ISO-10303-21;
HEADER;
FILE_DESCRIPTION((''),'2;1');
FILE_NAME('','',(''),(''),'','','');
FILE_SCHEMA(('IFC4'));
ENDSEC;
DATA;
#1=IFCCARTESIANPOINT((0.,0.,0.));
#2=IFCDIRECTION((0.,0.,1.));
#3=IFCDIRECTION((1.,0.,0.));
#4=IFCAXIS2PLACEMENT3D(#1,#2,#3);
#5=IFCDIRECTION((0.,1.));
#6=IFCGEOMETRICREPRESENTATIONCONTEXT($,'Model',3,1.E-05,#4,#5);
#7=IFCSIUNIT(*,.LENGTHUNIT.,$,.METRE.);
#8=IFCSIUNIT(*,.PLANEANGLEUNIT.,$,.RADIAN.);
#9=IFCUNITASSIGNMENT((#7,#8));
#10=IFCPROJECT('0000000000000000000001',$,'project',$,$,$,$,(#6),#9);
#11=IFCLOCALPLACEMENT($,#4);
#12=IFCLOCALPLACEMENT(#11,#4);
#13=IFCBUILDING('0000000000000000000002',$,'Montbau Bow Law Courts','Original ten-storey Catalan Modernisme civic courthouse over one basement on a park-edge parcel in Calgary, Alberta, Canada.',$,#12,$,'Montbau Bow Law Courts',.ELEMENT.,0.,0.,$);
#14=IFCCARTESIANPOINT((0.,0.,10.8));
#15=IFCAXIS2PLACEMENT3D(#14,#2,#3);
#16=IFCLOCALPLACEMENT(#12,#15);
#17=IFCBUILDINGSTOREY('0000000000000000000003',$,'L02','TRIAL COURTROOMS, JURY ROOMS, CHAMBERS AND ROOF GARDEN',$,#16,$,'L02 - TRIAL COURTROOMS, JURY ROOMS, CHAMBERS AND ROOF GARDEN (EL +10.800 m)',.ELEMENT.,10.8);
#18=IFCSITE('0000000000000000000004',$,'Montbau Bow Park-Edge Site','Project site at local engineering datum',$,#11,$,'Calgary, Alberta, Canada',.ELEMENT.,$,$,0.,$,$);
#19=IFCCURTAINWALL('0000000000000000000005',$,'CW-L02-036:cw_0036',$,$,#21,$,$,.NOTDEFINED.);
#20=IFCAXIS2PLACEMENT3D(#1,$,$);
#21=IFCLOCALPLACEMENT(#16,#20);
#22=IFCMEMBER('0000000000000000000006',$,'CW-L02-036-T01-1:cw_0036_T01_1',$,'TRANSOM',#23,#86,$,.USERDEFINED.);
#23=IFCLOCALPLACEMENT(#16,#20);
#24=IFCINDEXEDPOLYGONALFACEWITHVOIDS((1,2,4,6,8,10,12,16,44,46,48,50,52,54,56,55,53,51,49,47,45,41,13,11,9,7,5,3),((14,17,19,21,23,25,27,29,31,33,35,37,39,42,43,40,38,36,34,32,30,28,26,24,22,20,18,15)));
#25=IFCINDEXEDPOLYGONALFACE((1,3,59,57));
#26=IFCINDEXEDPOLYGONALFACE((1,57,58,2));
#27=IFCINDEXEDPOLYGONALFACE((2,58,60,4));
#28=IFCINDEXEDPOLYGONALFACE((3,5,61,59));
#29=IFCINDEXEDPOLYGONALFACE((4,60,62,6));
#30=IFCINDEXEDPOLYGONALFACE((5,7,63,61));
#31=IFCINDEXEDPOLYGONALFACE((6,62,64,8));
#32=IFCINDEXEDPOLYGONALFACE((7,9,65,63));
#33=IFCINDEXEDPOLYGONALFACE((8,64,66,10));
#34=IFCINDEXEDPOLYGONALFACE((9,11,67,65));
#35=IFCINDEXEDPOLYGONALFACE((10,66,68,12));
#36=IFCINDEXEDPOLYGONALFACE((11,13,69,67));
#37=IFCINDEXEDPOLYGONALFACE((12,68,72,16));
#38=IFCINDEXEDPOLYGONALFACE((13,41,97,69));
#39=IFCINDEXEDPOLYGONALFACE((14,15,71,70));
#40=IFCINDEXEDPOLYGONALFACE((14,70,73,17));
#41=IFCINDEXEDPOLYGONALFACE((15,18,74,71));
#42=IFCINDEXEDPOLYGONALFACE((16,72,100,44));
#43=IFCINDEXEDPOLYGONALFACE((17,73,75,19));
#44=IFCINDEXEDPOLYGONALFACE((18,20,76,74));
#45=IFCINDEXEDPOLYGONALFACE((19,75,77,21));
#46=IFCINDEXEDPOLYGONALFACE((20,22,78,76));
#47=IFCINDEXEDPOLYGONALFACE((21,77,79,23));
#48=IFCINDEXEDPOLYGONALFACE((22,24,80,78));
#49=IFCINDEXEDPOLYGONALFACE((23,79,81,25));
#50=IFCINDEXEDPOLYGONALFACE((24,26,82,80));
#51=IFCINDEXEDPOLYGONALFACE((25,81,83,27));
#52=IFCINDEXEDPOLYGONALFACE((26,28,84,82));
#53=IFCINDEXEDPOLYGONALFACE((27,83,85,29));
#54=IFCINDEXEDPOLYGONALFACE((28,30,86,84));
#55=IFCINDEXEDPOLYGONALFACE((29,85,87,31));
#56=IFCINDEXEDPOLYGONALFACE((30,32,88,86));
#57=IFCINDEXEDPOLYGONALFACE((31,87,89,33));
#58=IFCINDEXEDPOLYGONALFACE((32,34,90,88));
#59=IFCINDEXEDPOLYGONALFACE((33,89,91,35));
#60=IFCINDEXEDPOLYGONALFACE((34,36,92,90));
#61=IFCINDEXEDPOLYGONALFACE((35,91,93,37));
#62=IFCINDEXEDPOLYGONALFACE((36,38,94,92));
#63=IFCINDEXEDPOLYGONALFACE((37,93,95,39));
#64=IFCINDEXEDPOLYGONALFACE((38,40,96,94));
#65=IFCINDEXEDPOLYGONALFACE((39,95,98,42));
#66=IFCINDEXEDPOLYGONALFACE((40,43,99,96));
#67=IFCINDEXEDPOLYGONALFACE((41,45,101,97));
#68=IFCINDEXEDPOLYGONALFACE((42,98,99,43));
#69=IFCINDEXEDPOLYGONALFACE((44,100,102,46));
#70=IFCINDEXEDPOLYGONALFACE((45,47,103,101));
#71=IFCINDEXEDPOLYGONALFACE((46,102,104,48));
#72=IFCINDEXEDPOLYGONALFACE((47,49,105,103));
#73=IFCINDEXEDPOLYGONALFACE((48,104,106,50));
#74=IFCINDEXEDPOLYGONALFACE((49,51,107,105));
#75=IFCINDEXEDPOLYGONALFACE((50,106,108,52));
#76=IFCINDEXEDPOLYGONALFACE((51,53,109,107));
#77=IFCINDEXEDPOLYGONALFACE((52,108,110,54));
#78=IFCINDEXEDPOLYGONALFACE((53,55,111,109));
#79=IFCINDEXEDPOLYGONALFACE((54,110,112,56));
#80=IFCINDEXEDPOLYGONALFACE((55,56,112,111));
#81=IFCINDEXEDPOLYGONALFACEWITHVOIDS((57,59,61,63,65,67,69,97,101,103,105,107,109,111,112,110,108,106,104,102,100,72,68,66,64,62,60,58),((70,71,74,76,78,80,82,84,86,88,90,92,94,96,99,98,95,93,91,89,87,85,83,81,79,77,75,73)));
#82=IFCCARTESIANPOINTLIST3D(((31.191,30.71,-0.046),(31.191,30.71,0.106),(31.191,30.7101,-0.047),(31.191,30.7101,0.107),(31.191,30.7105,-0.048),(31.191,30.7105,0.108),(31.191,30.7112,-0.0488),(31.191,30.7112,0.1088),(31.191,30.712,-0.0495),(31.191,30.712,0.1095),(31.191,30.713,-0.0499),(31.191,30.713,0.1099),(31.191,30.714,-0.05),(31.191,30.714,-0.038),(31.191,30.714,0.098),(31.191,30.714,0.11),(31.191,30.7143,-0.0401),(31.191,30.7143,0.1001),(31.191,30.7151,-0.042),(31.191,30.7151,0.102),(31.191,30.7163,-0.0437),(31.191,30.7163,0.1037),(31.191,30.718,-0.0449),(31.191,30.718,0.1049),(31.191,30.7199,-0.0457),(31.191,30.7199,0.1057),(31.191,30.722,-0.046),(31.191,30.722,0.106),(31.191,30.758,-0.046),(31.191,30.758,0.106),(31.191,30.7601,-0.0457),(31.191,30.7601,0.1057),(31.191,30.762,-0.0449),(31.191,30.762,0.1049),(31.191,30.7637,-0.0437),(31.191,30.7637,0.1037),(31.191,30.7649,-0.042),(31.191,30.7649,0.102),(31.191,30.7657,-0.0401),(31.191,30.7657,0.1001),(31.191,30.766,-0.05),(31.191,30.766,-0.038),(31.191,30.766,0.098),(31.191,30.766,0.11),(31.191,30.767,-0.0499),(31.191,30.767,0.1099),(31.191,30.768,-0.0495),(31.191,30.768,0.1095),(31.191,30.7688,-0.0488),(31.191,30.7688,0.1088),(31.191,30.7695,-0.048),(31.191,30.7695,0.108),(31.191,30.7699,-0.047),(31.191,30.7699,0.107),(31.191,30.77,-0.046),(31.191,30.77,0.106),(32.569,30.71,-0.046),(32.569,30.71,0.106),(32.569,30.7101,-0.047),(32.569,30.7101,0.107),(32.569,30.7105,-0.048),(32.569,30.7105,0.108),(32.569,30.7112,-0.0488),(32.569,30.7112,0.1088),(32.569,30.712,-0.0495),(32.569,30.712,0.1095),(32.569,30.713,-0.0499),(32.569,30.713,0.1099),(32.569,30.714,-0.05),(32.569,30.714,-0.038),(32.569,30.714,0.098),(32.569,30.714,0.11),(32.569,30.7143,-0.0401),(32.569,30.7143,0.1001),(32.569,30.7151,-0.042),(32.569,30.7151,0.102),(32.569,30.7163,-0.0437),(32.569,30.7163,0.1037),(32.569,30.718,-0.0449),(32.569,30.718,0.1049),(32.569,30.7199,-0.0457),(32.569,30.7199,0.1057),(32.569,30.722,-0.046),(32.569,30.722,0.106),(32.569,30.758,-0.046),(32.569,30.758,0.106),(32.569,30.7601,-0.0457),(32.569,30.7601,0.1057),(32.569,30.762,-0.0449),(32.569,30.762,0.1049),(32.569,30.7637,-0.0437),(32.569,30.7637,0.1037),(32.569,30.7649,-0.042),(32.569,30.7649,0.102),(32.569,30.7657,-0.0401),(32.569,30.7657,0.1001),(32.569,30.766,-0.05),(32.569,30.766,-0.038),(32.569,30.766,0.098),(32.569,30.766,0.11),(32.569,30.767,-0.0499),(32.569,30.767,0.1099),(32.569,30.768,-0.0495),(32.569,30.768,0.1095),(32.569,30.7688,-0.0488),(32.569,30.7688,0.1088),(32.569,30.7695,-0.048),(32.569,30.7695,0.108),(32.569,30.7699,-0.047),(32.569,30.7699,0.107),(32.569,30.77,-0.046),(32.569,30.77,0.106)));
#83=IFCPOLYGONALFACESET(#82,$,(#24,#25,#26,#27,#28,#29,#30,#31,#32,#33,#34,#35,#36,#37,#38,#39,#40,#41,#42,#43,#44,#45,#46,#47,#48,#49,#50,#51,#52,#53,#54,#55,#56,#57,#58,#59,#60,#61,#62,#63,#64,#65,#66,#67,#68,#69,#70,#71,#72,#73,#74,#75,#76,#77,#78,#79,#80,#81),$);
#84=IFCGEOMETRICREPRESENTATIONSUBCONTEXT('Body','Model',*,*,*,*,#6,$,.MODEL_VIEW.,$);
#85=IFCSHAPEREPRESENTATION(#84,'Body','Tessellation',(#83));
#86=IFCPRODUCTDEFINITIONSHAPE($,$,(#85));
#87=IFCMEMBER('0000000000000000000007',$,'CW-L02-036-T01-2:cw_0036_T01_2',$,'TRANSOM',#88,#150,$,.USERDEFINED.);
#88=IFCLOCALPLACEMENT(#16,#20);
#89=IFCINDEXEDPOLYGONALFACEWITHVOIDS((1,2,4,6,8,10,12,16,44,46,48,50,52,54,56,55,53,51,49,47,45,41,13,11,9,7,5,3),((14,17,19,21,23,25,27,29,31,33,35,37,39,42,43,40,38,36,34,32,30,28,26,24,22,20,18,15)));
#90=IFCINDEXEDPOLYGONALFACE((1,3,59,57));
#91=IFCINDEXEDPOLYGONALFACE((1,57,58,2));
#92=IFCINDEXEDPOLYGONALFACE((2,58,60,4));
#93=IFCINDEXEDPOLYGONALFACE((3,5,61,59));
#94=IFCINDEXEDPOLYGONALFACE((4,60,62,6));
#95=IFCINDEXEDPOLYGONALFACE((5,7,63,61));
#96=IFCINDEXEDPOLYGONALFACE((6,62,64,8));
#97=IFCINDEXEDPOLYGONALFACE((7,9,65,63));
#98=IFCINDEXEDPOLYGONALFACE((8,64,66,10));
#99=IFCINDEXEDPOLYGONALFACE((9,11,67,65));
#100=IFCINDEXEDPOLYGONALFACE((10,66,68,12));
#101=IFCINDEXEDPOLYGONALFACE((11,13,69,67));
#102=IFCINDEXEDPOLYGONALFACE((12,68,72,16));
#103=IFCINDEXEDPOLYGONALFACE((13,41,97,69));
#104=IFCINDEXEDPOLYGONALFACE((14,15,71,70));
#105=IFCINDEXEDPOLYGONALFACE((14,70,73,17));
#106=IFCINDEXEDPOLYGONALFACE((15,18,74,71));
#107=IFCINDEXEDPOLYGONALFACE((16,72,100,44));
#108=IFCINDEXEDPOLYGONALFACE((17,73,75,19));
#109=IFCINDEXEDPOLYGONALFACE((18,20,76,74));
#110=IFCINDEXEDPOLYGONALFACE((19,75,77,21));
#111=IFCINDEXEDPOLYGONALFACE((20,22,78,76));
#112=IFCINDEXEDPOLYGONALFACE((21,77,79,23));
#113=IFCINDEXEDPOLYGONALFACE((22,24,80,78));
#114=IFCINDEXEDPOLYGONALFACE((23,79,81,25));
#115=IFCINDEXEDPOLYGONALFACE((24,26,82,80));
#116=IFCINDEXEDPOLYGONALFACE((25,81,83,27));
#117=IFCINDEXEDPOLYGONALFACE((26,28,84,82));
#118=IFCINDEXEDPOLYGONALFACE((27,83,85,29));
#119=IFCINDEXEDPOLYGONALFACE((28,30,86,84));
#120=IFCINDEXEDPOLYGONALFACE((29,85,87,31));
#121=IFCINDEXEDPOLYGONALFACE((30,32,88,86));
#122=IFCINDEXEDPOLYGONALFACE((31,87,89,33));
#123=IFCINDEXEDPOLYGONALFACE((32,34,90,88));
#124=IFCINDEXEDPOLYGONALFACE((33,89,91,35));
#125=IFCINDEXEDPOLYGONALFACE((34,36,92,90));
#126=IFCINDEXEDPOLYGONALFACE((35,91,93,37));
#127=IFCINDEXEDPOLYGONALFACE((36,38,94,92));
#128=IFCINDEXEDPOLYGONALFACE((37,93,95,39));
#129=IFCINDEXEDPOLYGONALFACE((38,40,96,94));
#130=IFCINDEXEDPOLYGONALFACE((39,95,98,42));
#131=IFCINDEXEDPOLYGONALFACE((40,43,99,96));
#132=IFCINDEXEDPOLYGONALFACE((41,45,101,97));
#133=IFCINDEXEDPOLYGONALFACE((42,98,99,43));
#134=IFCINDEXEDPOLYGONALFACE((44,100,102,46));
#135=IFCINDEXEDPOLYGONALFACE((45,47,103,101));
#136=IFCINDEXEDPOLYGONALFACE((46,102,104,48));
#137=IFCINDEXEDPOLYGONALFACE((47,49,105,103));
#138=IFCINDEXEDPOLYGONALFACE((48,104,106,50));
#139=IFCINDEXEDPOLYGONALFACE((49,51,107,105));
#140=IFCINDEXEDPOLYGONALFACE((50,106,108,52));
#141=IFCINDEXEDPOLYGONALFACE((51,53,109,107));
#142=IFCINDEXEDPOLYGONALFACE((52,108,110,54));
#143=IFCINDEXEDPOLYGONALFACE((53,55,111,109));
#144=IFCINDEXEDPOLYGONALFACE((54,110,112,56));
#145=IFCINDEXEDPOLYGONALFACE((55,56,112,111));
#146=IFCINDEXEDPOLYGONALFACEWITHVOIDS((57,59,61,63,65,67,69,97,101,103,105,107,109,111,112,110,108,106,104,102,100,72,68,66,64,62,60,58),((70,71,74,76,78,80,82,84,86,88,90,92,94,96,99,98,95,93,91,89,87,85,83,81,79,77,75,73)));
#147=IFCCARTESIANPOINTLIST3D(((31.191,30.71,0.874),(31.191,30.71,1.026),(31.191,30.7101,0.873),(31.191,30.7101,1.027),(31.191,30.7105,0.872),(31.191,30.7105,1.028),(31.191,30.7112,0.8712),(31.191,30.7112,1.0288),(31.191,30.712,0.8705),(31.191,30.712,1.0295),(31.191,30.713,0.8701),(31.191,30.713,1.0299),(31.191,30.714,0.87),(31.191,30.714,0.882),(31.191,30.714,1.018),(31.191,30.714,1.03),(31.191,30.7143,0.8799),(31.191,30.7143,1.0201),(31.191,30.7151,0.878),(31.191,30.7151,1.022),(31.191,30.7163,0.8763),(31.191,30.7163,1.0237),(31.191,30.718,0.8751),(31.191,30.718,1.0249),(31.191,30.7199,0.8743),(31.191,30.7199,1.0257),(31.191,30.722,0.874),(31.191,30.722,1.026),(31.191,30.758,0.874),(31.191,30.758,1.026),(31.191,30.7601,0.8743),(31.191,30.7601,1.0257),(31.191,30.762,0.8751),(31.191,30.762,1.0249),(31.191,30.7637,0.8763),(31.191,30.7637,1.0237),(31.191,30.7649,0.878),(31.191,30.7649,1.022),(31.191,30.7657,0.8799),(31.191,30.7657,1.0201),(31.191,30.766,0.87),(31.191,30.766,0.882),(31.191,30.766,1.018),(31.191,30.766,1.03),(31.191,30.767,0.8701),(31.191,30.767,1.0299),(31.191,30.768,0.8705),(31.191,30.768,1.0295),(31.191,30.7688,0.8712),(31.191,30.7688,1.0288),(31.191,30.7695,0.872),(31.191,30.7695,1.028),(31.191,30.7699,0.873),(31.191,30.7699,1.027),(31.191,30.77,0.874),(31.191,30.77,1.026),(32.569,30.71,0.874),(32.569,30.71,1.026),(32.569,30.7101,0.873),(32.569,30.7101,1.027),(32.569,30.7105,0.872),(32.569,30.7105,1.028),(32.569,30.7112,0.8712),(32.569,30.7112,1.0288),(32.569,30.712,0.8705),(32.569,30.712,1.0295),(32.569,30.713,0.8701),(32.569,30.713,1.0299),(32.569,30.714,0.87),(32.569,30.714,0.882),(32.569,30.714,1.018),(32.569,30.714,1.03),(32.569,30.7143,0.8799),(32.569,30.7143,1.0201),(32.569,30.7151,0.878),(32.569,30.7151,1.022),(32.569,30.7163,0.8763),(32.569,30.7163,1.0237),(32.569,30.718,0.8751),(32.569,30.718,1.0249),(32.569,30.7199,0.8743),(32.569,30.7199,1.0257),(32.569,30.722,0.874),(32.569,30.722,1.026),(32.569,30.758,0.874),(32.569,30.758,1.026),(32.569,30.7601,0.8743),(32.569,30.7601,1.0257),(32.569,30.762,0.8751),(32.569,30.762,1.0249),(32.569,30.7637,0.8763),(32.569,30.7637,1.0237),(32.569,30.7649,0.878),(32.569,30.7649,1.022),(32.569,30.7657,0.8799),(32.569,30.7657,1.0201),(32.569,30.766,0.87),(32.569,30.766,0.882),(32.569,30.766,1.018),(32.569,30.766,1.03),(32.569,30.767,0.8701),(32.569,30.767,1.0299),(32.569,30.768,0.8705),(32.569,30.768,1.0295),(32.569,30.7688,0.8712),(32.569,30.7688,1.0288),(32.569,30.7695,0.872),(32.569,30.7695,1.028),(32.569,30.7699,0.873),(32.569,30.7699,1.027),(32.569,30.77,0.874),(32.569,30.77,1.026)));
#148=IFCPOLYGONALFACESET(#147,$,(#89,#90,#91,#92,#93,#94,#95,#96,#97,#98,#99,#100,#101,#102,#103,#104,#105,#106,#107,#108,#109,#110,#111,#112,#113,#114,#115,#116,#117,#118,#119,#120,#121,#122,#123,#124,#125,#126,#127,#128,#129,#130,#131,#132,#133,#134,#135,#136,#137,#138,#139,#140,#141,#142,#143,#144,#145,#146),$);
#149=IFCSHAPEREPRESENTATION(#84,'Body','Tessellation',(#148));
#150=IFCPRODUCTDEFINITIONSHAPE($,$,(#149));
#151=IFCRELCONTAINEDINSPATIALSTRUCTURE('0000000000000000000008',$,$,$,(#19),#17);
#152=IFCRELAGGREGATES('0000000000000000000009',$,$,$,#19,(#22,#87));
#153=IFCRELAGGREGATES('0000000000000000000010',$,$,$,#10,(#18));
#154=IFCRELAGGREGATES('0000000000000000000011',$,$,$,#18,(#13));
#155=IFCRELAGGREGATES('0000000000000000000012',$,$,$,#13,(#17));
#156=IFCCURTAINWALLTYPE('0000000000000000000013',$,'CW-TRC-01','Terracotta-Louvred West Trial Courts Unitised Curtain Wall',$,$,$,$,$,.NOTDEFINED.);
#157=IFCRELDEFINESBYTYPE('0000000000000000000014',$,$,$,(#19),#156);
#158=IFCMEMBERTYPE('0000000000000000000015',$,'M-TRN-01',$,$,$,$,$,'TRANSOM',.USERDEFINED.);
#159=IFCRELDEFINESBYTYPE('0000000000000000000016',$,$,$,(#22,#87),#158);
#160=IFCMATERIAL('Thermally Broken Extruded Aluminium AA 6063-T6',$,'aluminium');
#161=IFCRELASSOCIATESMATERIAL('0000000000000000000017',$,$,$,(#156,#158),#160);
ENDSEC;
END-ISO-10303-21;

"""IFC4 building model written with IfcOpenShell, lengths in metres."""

from ifc_helpers import new_model, si_unit, direction, frame, origin_with_axes, origin_2d_with_axis, place, context, subcontext, project, spatial, hollow_rectangle, extrude, material, material_profile, profile_set, type_object, element, aggregate, save


model = new_model("IFC4")

# Units and contexts
model_context = context("Model", 3, precision=1e-05, world=origin_with_axes(), true_north=direction((0.0, 1.0)))
body_context = subcontext(model_context, "Body", "Model", "MODEL_VIEW")
ifc_project = project(units=[si_unit("LENGTHUNIT", "METRE"), si_unit("PLANEANGLEUNIT", "RADIAN")], contexts=[model_context])

# Site, building, storey
site_placement = place(None, origin_with_axes())
site = spatial("IfcSite", under=ifc_project, at=site_placement, Name="Montbau Bow Park-Edge Site", Description="Project site at local engineering datum", LongName="Calgary, Alberta, Canada", CompositionType="ELEMENT", RefElevation=0.0)
building_placement = place(site_placement, origin_with_axes())
building = spatial("IfcBuilding", under=site, at=building_placement, Name="Montbau Bow Law Courts", Description="Original ten-storey Catalan Modernisme civic courthouse over one basement on a park-edge parcel in Calgary, Alberta, Canada.", LongName="Montbau Bow Law Courts", CompositionType="ELEMENT", ElevationOfRefHeight=0.0, ElevationOfTerrain=0.0)
storey_placement = place(building_placement, frame((0.0, 0.0, 10.8), z_axis=(0.0, 0.0, 1.0), x_axis=(1.0, 0.0, 0.0)))
storey = spatial("IfcBuildingStorey", under=building, at=storey_placement, Name="L02", Description="TRIAL COURTROOMS, JURY ROOMS, CHAMBERS AND ROOF GARDEN", LongName="L02 - TRIAL COURTROOMS, JURY ROOMS, CHAMBERS AND ROOF GARDEN (EL +10.800 m)", CompositionType="ELEMENT", Elevation=10.8)

# Curtain wall
ifc_material_1 = material(Name="Thermally Broken Extruded Aluminium AA 6063-T6", Category="aluminium")
curtain_wall_type = type_object("IfcCurtainWallType", Name="CW-TRC-01", Description="Terracotta-Louvred West Trial Courts Unitised Curtain Wall", PredefinedType="NOTDEFINED", material=ifc_material_1)
curtain_wall_1_placement = place(None, frame((31.115, 30.74, 10.8), z_axis=(0.0, 0.0, 1.0), x_axis=(1.0, 0.0, 0.0)))
curtain_wall_1 = element("IfcCurtainWall", 1, at=curtain_wall_1_placement, inside=storey, type_object=curtain_wall_type, Name="CW-L02-036:cw_0036", PredefinedType="NOTDEFINED")

# Members
ifc_material_profile_1 = material_profile(ifc_material_1, hollow_rectangle(XDim=0.06, YDim=0.16, WallThickness=0.004, InnerFilletRadius=0.008, OuterFilletRadius=0.004, at=origin_2d_with_axis()), Name="CWT-160X60", Category="Main", Priority=0)
ifc_profile_set_1 = profile_set([ifc_material_profile_1], Name="Thermally Broken Extruded Aluminium AA 6063-T6")
member_type_1 = type_object("IfcMemberType", Name="M-TRN-01", ElementType="TRANSOM", PredefinedType="USERDEFINED", material=ifc_profile_set_1)
member_1_placement = place(None, frame((31.191, 30.74, 10.83), z_axis=(1.0, 0.0, 0.0), x_axis=(0.0, 1.0, 0.0)))
member_1 = element("IfcMember", 2, at=member_1_placement, type_object=member_type_1, Name="CW-L02-036-T01-1:cw_0036_T01_1", ObjectType="TRANSOM", PredefinedType="USERDEFINED", context=body_context, shape_type="SweptSolid", body=[
    extrude(hollow_rectangle(XDim=0.06, YDim=0.16, WallThickness=0.004, InnerFilletRadius=0.008, OuterFilletRadius=0.004, at=origin_2d_with_axis()), origin_with_axes(), (0.0, 0.0, 1.0), 1.378),
])
member_2_placement = place(None, frame((31.191, 30.74, 11.75), z_axis=(1.0, 0.0, 0.0), x_axis=(0.0, 1.0, 0.0)))
member_2 = element("IfcMember", 3, at=member_2_placement, type_object=member_type_1, Name="CW-L02-036-T01-2:cw_0036_T01_2", ObjectType="TRANSOM", PredefinedType="USERDEFINED", context=body_context, shape_type="SweptSolid", body=[
    extrude(hollow_rectangle(XDim=0.06, YDim=0.16, WallThickness=0.004, InnerFilletRadius=0.008, OuterFilletRadius=0.004, at=origin_2d_with_axis()), origin_with_axes(), (0.0, 0.0, 1.0), 1.378),
])

aggregate(curtain_wall_1, [member_1, member_2])

save(model, "model.ifc")
